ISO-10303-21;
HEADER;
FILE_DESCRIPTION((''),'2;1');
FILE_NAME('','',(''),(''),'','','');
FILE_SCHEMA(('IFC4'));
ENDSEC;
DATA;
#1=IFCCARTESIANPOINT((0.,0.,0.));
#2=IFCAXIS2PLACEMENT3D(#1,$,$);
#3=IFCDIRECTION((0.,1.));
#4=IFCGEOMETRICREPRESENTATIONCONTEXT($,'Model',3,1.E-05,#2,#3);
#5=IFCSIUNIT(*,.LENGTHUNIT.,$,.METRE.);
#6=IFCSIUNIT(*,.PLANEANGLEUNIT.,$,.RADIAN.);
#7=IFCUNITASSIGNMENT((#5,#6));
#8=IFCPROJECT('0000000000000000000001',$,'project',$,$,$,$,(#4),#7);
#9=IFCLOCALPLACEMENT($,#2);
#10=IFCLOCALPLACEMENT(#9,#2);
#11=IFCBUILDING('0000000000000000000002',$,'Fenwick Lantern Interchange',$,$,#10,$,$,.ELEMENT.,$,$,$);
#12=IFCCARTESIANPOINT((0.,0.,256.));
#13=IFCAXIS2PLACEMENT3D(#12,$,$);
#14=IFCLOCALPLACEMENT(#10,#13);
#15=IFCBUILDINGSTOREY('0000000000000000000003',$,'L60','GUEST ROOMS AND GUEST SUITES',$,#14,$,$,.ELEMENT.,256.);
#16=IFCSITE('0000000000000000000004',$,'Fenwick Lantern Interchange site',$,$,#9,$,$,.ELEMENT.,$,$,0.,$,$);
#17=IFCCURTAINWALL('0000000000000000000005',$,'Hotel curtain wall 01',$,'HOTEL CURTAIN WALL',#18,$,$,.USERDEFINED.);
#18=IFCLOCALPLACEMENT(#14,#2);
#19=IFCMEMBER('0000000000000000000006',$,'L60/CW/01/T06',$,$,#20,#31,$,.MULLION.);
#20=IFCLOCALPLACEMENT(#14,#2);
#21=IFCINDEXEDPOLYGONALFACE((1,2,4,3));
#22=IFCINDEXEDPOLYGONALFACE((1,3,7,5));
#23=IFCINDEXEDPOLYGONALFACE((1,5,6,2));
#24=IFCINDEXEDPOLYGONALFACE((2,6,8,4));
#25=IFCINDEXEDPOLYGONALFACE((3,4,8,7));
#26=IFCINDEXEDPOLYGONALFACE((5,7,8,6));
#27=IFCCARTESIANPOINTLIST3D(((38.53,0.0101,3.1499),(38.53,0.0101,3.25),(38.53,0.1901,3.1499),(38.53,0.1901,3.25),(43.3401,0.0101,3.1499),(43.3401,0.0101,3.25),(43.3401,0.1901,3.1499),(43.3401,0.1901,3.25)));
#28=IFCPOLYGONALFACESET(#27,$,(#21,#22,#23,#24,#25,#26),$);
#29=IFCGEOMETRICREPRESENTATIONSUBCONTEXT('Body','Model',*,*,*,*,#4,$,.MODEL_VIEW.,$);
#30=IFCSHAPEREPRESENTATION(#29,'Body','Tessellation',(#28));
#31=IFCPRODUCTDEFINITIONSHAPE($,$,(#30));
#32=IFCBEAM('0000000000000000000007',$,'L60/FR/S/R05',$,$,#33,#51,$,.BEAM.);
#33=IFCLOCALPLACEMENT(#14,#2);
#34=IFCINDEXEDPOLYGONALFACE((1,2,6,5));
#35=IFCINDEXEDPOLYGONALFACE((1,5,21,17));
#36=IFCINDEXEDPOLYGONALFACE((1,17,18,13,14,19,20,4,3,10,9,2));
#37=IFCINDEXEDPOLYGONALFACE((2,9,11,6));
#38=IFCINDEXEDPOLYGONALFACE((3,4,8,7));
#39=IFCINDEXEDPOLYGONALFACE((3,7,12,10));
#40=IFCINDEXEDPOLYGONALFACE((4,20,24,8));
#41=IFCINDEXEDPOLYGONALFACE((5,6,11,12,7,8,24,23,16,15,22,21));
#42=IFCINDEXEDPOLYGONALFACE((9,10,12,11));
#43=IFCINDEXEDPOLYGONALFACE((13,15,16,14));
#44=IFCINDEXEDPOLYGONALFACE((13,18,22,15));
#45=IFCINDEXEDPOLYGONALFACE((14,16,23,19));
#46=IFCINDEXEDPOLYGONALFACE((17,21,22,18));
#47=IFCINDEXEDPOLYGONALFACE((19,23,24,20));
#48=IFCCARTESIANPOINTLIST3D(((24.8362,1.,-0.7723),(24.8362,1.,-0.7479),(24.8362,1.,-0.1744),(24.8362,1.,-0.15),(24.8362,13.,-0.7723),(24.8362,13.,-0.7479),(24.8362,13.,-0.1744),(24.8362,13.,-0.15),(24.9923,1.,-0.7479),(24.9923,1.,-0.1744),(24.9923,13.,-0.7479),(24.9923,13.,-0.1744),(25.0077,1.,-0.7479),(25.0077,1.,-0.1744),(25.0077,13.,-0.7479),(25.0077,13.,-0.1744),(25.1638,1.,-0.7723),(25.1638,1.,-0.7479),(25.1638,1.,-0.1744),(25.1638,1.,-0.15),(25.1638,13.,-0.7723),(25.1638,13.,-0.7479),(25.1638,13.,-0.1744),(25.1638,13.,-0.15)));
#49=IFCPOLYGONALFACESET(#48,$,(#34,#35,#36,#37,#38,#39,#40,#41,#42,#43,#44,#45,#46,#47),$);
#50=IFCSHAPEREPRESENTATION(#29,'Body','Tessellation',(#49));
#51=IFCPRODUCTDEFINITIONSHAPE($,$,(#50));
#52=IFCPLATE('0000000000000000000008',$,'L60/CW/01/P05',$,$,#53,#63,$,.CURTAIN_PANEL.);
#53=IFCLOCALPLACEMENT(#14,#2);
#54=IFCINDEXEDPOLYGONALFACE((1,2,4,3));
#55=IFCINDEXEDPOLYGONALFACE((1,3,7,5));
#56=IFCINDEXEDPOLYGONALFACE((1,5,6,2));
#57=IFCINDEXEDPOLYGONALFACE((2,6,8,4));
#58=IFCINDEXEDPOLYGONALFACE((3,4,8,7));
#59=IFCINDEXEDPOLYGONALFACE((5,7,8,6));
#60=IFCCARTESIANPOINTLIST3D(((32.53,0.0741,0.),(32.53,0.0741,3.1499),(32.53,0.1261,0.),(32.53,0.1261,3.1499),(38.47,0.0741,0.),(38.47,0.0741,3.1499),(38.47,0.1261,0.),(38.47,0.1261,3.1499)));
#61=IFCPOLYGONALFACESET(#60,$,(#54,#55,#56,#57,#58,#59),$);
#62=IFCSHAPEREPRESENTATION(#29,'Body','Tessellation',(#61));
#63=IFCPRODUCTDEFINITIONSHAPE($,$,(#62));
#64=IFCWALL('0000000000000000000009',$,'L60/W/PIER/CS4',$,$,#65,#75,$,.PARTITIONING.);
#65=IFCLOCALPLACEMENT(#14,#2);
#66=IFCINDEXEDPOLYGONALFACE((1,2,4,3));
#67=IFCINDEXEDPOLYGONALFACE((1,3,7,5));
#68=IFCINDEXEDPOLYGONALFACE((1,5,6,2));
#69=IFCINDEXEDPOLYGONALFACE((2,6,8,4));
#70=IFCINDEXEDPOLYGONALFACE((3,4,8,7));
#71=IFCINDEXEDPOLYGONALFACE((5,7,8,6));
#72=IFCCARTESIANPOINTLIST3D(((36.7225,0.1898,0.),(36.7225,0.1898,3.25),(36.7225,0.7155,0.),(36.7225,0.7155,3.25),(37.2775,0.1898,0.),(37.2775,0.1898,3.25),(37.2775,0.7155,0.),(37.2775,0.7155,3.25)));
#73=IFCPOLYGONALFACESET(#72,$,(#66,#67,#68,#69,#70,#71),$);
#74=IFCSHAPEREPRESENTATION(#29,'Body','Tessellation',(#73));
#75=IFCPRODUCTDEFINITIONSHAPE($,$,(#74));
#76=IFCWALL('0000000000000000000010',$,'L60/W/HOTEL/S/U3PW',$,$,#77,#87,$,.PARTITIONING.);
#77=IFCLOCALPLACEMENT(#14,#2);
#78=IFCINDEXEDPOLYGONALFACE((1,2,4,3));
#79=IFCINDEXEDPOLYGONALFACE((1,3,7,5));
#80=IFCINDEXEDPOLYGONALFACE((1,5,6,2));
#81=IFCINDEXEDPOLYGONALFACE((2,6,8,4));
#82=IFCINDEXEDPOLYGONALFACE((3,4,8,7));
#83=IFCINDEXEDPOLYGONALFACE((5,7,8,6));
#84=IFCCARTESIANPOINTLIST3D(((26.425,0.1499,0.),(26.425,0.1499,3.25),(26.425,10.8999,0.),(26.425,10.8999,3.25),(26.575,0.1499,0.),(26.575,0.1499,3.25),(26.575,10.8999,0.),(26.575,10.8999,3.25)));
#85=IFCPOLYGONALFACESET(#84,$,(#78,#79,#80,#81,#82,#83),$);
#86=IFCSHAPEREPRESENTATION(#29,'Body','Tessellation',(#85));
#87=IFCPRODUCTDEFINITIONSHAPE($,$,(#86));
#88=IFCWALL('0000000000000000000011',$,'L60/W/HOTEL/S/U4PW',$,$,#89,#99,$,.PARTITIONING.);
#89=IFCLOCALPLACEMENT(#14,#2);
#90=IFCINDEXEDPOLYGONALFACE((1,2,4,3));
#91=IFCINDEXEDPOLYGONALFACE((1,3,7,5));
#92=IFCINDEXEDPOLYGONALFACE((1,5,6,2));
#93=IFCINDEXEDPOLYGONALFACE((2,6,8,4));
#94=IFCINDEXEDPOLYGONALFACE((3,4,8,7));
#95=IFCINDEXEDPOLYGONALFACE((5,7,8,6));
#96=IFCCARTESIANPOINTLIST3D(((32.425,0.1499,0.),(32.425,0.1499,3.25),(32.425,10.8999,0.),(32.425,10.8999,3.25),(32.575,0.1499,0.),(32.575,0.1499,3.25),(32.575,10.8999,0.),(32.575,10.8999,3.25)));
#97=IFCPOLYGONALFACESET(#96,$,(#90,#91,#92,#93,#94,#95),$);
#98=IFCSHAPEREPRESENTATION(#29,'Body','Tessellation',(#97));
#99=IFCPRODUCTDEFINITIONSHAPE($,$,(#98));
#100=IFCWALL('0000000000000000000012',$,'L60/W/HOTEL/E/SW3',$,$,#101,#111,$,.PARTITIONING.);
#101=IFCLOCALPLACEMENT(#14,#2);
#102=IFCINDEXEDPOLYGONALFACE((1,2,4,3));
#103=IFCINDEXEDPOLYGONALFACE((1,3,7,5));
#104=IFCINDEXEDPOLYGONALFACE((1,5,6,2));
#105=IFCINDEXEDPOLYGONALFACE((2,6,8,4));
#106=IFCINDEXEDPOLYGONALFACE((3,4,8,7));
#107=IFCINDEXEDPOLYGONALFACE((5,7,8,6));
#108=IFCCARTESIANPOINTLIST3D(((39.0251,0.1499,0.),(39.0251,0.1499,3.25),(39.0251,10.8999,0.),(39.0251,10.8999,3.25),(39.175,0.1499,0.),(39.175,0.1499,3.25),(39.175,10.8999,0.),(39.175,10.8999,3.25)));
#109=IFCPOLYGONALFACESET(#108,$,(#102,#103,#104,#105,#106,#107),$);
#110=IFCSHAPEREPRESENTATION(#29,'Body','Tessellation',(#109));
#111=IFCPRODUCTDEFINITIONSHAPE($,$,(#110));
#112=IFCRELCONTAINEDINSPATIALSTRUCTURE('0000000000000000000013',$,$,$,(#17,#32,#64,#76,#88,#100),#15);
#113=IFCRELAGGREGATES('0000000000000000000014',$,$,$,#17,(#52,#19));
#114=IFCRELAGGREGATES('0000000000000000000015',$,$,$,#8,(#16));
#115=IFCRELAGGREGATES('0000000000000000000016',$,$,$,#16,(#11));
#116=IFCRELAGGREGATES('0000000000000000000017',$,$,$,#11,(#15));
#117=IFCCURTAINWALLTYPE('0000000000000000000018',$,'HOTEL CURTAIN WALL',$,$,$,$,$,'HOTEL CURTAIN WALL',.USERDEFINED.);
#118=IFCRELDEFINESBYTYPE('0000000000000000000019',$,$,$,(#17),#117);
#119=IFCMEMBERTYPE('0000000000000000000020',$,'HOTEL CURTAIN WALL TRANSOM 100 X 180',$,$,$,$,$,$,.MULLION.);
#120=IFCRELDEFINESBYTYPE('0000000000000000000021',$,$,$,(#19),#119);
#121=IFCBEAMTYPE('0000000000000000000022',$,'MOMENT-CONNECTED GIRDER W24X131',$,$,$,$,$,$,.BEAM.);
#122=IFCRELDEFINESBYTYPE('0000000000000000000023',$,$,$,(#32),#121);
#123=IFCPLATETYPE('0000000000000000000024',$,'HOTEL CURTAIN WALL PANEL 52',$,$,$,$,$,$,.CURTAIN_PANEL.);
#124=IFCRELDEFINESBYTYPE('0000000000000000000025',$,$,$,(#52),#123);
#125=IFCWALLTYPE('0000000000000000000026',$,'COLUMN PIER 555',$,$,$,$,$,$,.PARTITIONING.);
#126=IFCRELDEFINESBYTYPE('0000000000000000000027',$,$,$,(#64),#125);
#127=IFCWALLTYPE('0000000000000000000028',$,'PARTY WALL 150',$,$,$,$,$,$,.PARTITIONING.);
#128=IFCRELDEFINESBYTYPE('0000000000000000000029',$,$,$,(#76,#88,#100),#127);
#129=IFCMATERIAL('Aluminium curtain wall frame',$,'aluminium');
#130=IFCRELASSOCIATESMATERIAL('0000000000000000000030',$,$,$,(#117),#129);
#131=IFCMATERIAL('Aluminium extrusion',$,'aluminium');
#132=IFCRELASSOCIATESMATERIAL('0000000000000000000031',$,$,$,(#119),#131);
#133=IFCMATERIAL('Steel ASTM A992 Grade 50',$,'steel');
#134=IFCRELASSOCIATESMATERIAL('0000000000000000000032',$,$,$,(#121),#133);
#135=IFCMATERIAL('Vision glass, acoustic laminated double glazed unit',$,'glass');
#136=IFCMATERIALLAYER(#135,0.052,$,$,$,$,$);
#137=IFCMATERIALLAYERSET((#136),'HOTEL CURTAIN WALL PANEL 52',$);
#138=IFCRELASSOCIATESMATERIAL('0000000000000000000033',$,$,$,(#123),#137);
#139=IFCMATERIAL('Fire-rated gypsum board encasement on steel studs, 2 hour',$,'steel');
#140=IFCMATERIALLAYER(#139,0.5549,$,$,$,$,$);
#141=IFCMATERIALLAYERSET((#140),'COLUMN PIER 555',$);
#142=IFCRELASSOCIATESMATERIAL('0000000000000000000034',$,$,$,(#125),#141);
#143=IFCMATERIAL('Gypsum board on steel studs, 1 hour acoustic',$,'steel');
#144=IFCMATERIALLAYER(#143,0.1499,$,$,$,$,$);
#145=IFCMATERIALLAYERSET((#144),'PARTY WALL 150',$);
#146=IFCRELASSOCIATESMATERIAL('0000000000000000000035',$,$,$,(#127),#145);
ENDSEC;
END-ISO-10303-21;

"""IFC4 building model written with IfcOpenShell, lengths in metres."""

from ifc_helpers import new_model, si_unit, direction, frame, frame_2d, origin, origin_2d, place, context, subcontext, project, spatial, rectangle, i_section, extrude, material, layer, layer_set, material_profile, profile_set, type_object, element, aggregate, save


model = new_model("IFC4")

# Units and contexts
model_context = context("Model", 3, precision=1e-05, world=origin(), true_north=direction((0.0, 1.0)))
body_context = subcontext(model_context, "Body", "Model", "MODEL_VIEW")
ifc_project = project(units=[si_unit("LENGTHUNIT", "METRE"), si_unit("PLANEANGLEUNIT", "RADIAN")], contexts=[model_context])

# Site, building, storey
site_placement = place(None, origin())
site = spatial("IfcSite", under=ifc_project, at=site_placement, Name="Fenwick Lantern Interchange site", CompositionType="ELEMENT", RefElevation=0.0)
building_placement = place(site_placement, origin())
building = spatial("IfcBuilding", under=site, at=building_placement, Name="Fenwick Lantern Interchange", CompositionType="ELEMENT")
storey_placement = place(building_placement, frame((0.0, 0.0, 256.0)))
storey = spatial("IfcBuildingStorey", under=building, at=storey_placement, Name="L60", Description="GUEST ROOMS AND GUEST SUITES", CompositionType="ELEMENT", Elevation=256.0)

# Shared definitions
ifc_material_1 = material(Name="Steel ASTM A992 Grade 50", Category="steel")

# Curtain wall, member
ifc_material_2 = material(Name="Aluminium curtain wall frame", Category="aluminium")
curtain_wall_type = type_object("IfcCurtainWallType", Name="HOTEL CURTAIN WALL", ElementType="HOTEL CURTAIN WALL", PredefinedType="USERDEFINED", material=ifc_material_2)
curtain_wall_placement = place(storey_placement, origin())
curtain_wall = element("IfcCurtainWall", 1, at=curtain_wall_placement, inside=storey, type_object=curtain_wall_type, Name="Hotel curtain wall 01", ObjectType="HOTEL CURTAIN WALL", PredefinedType="USERDEFINED")
ifc_material_3 = material(Name="Aluminium extrusion", Category="aluminium")
ifc_material_profile_1 = material_profile(ifc_material_3, rectangle(XDim=0.1799, YDim=0.1001, at=origin_2d()), Name="HOTEL CURTAIN WALL TRANSOM 100 X 180")
ifc_profile_set_1 = profile_set([ifc_material_profile_1], Name="Aluminium extrusion")
member_type_1 = type_object("IfcMemberType", Name="HOTEL CURTAIN WALL TRANSOM 100 X 180", PredefinedType="MULLION", material=ifc_profile_set_1)
member_1_placement = place(storey_placement, frame((38.53, 0.1001, 3.2), z_axis=(1.0, 0.0, 0.0), x_axis=(0.0, 1.0, 0.0)))
member_1 = element("IfcMember", 2, at=member_1_placement, type_object=member_type_1, Name="L60/CW/01/T06", PredefinedType="MULLION", context=body_context, shape_type="SweptSolid", body=[
    extrude(rectangle(XDim=0.1799, YDim=0.1001, at=origin_2d()), origin(), (0.0, 0.0, 1.0), 4.8101),
])

# Beam
ifc_material_profile_2 = material_profile(ifc_material_1, i_section(OverallWidth=0.3276, OverallDepth=0.6223, WebThickness=0.0154, FlangeThickness=0.0244, at=origin_2d()), Name="W24X131")
ifc_profile_set_2 = profile_set([ifc_material_profile_2], Name="Steel ASTM A992 Grade 50")
beam_type_1 = type_object("IfcBeamType", Name="MOMENT-CONNECTED GIRDER W24X131", PredefinedType="BEAM", material=ifc_profile_set_2)
beam_placement = place(storey_placement, frame((25.0, 1.0, -0.4612), z_axis=(0.0, 1.0, 0.0), x_axis=(-1.0, 0.0, 0.0)))
element("IfcBeam", 3, at=beam_placement, inside=storey, type_object=beam_type_1, Name="L60/FR/S/R05", PredefinedType="BEAM", context=body_context, shape_type="SweptSolid", body=[
    extrude(i_section(OverallWidth=0.3276, OverallDepth=0.6223, WebThickness=0.0154, FlangeThickness=0.0244, at=origin_2d()), origin(), (0.0, 0.0, 1.0), 12.0),
])

# Plate
ifc_material_4 = material(Name="Vision glass, acoustic laminated double glazed unit", Category="glass")
ifc_layer_1 = layer(ifc_material_4, 0.052)
ifc_layer_set_1 = layer_set([ifc_layer_1], Name="HOTEL CURTAIN WALL PANEL 52")
plate_type = type_object("IfcPlateType", Name="HOTEL CURTAIN WALL PANEL 52", PredefinedType="CURTAIN_PANEL", material=ifc_layer_set_1)
plate_placement = place(storey_placement, frame((35.5, 0.1001, 0.0), z_axis=(0.0, 0.0, 1.0), x_axis=(1.0, 0.0, 0.0)))
plate = element("IfcPlate", 4, at=plate_placement, type_object=plate_type, Name="L60/CW/01/P05", PredefinedType="CURTAIN_PANEL", context=body_context, shape_type="SweptSolid", body=[
    extrude(rectangle(XDim=5.9399, YDim=0.052, at=origin_2d()), origin(), (0.0, 0.0, 1.0), 3.1499),
])
aggregate(curtain_wall, [plate, member_1])

# Walls
ifc_material_5 = material(Name="Fire-rated gypsum board encasement on steel studs, 2 hour", Category="steel")
ifc_layer_2 = layer(ifc_material_5, 0.5549)
ifc_layer_set_2 = layer_set([ifc_layer_2], Name="COLUMN PIER 555")
wall_type_1 = type_object("IfcWallType", Name="COLUMN PIER 555", PredefinedType="PARTITIONING", material=ifc_layer_set_2)
wall_placement = place(storey_placement, frame((37.0, 0.1899, 0.0), z_axis=(0.0, 0.0, 1.0), x_axis=(0.0, 1.0, 0.0)))
element("IfcWall", 5, at=wall_placement, inside=storey, type_object=wall_type_1, Name="L60/W/PIER/CS4", PredefinedType="PARTITIONING", context=body_context, shape_type="SweptSolid", body=[
    extrude(rectangle(XDim=0.5256, YDim=0.5549, at=frame_2d((0.2627, 0.0))), origin(), (0.0, 0.0, 1.0), 3.25),
])
ifc_material_6 = material(Name="Gypsum board on steel studs, 1 hour acoustic", Category="steel")
ifc_layer_3 = layer(ifc_material_6, 0.1499)
ifc_layer_set_3 = layer_set([ifc_layer_3], Name="PARTY WALL 150")
wall_type_2 = type_object("IfcWallType", Name="PARTY WALL 150", PredefinedType="PARTITIONING", material=ifc_layer_set_3)
for number, where, z_axis, x_axis, name in (
    (6, (26.5, 0.1499, 0.0), (0.0, 0.0, 1.0), (0.0, 1.0, 0.0), "L60/W/HOTEL/S/U3PW"),
    (7, (32.5, 0.1499, 0.0), (0.0, 0.0, 1.0), (0.0, 1.0, 0.0), "L60/W/HOTEL/S/U4PW"),
    (8, (39.1001, 0.1499, 0.0), (0.0, 0.0, 1.0), (0.0, 1.0, 0.0), "L60/W/HOTEL/E/SW3"),
):
    element("IfcWall", number, at=place(storey_placement, frame(where, z_axis=z_axis, x_axis=x_axis)), inside=storey, type_object=wall_type_2, Name=name, PredefinedType="PARTITIONING", context=body_context, shape_type="SweptSolid", body=[
        extrude(rectangle(XDim=10.75, YDim=0.1499, at=frame_2d((5.375, 0.0))), origin(), (0.0, 0.0, 1.0), 3.25),
    ])

save(model, "model.ifc")
